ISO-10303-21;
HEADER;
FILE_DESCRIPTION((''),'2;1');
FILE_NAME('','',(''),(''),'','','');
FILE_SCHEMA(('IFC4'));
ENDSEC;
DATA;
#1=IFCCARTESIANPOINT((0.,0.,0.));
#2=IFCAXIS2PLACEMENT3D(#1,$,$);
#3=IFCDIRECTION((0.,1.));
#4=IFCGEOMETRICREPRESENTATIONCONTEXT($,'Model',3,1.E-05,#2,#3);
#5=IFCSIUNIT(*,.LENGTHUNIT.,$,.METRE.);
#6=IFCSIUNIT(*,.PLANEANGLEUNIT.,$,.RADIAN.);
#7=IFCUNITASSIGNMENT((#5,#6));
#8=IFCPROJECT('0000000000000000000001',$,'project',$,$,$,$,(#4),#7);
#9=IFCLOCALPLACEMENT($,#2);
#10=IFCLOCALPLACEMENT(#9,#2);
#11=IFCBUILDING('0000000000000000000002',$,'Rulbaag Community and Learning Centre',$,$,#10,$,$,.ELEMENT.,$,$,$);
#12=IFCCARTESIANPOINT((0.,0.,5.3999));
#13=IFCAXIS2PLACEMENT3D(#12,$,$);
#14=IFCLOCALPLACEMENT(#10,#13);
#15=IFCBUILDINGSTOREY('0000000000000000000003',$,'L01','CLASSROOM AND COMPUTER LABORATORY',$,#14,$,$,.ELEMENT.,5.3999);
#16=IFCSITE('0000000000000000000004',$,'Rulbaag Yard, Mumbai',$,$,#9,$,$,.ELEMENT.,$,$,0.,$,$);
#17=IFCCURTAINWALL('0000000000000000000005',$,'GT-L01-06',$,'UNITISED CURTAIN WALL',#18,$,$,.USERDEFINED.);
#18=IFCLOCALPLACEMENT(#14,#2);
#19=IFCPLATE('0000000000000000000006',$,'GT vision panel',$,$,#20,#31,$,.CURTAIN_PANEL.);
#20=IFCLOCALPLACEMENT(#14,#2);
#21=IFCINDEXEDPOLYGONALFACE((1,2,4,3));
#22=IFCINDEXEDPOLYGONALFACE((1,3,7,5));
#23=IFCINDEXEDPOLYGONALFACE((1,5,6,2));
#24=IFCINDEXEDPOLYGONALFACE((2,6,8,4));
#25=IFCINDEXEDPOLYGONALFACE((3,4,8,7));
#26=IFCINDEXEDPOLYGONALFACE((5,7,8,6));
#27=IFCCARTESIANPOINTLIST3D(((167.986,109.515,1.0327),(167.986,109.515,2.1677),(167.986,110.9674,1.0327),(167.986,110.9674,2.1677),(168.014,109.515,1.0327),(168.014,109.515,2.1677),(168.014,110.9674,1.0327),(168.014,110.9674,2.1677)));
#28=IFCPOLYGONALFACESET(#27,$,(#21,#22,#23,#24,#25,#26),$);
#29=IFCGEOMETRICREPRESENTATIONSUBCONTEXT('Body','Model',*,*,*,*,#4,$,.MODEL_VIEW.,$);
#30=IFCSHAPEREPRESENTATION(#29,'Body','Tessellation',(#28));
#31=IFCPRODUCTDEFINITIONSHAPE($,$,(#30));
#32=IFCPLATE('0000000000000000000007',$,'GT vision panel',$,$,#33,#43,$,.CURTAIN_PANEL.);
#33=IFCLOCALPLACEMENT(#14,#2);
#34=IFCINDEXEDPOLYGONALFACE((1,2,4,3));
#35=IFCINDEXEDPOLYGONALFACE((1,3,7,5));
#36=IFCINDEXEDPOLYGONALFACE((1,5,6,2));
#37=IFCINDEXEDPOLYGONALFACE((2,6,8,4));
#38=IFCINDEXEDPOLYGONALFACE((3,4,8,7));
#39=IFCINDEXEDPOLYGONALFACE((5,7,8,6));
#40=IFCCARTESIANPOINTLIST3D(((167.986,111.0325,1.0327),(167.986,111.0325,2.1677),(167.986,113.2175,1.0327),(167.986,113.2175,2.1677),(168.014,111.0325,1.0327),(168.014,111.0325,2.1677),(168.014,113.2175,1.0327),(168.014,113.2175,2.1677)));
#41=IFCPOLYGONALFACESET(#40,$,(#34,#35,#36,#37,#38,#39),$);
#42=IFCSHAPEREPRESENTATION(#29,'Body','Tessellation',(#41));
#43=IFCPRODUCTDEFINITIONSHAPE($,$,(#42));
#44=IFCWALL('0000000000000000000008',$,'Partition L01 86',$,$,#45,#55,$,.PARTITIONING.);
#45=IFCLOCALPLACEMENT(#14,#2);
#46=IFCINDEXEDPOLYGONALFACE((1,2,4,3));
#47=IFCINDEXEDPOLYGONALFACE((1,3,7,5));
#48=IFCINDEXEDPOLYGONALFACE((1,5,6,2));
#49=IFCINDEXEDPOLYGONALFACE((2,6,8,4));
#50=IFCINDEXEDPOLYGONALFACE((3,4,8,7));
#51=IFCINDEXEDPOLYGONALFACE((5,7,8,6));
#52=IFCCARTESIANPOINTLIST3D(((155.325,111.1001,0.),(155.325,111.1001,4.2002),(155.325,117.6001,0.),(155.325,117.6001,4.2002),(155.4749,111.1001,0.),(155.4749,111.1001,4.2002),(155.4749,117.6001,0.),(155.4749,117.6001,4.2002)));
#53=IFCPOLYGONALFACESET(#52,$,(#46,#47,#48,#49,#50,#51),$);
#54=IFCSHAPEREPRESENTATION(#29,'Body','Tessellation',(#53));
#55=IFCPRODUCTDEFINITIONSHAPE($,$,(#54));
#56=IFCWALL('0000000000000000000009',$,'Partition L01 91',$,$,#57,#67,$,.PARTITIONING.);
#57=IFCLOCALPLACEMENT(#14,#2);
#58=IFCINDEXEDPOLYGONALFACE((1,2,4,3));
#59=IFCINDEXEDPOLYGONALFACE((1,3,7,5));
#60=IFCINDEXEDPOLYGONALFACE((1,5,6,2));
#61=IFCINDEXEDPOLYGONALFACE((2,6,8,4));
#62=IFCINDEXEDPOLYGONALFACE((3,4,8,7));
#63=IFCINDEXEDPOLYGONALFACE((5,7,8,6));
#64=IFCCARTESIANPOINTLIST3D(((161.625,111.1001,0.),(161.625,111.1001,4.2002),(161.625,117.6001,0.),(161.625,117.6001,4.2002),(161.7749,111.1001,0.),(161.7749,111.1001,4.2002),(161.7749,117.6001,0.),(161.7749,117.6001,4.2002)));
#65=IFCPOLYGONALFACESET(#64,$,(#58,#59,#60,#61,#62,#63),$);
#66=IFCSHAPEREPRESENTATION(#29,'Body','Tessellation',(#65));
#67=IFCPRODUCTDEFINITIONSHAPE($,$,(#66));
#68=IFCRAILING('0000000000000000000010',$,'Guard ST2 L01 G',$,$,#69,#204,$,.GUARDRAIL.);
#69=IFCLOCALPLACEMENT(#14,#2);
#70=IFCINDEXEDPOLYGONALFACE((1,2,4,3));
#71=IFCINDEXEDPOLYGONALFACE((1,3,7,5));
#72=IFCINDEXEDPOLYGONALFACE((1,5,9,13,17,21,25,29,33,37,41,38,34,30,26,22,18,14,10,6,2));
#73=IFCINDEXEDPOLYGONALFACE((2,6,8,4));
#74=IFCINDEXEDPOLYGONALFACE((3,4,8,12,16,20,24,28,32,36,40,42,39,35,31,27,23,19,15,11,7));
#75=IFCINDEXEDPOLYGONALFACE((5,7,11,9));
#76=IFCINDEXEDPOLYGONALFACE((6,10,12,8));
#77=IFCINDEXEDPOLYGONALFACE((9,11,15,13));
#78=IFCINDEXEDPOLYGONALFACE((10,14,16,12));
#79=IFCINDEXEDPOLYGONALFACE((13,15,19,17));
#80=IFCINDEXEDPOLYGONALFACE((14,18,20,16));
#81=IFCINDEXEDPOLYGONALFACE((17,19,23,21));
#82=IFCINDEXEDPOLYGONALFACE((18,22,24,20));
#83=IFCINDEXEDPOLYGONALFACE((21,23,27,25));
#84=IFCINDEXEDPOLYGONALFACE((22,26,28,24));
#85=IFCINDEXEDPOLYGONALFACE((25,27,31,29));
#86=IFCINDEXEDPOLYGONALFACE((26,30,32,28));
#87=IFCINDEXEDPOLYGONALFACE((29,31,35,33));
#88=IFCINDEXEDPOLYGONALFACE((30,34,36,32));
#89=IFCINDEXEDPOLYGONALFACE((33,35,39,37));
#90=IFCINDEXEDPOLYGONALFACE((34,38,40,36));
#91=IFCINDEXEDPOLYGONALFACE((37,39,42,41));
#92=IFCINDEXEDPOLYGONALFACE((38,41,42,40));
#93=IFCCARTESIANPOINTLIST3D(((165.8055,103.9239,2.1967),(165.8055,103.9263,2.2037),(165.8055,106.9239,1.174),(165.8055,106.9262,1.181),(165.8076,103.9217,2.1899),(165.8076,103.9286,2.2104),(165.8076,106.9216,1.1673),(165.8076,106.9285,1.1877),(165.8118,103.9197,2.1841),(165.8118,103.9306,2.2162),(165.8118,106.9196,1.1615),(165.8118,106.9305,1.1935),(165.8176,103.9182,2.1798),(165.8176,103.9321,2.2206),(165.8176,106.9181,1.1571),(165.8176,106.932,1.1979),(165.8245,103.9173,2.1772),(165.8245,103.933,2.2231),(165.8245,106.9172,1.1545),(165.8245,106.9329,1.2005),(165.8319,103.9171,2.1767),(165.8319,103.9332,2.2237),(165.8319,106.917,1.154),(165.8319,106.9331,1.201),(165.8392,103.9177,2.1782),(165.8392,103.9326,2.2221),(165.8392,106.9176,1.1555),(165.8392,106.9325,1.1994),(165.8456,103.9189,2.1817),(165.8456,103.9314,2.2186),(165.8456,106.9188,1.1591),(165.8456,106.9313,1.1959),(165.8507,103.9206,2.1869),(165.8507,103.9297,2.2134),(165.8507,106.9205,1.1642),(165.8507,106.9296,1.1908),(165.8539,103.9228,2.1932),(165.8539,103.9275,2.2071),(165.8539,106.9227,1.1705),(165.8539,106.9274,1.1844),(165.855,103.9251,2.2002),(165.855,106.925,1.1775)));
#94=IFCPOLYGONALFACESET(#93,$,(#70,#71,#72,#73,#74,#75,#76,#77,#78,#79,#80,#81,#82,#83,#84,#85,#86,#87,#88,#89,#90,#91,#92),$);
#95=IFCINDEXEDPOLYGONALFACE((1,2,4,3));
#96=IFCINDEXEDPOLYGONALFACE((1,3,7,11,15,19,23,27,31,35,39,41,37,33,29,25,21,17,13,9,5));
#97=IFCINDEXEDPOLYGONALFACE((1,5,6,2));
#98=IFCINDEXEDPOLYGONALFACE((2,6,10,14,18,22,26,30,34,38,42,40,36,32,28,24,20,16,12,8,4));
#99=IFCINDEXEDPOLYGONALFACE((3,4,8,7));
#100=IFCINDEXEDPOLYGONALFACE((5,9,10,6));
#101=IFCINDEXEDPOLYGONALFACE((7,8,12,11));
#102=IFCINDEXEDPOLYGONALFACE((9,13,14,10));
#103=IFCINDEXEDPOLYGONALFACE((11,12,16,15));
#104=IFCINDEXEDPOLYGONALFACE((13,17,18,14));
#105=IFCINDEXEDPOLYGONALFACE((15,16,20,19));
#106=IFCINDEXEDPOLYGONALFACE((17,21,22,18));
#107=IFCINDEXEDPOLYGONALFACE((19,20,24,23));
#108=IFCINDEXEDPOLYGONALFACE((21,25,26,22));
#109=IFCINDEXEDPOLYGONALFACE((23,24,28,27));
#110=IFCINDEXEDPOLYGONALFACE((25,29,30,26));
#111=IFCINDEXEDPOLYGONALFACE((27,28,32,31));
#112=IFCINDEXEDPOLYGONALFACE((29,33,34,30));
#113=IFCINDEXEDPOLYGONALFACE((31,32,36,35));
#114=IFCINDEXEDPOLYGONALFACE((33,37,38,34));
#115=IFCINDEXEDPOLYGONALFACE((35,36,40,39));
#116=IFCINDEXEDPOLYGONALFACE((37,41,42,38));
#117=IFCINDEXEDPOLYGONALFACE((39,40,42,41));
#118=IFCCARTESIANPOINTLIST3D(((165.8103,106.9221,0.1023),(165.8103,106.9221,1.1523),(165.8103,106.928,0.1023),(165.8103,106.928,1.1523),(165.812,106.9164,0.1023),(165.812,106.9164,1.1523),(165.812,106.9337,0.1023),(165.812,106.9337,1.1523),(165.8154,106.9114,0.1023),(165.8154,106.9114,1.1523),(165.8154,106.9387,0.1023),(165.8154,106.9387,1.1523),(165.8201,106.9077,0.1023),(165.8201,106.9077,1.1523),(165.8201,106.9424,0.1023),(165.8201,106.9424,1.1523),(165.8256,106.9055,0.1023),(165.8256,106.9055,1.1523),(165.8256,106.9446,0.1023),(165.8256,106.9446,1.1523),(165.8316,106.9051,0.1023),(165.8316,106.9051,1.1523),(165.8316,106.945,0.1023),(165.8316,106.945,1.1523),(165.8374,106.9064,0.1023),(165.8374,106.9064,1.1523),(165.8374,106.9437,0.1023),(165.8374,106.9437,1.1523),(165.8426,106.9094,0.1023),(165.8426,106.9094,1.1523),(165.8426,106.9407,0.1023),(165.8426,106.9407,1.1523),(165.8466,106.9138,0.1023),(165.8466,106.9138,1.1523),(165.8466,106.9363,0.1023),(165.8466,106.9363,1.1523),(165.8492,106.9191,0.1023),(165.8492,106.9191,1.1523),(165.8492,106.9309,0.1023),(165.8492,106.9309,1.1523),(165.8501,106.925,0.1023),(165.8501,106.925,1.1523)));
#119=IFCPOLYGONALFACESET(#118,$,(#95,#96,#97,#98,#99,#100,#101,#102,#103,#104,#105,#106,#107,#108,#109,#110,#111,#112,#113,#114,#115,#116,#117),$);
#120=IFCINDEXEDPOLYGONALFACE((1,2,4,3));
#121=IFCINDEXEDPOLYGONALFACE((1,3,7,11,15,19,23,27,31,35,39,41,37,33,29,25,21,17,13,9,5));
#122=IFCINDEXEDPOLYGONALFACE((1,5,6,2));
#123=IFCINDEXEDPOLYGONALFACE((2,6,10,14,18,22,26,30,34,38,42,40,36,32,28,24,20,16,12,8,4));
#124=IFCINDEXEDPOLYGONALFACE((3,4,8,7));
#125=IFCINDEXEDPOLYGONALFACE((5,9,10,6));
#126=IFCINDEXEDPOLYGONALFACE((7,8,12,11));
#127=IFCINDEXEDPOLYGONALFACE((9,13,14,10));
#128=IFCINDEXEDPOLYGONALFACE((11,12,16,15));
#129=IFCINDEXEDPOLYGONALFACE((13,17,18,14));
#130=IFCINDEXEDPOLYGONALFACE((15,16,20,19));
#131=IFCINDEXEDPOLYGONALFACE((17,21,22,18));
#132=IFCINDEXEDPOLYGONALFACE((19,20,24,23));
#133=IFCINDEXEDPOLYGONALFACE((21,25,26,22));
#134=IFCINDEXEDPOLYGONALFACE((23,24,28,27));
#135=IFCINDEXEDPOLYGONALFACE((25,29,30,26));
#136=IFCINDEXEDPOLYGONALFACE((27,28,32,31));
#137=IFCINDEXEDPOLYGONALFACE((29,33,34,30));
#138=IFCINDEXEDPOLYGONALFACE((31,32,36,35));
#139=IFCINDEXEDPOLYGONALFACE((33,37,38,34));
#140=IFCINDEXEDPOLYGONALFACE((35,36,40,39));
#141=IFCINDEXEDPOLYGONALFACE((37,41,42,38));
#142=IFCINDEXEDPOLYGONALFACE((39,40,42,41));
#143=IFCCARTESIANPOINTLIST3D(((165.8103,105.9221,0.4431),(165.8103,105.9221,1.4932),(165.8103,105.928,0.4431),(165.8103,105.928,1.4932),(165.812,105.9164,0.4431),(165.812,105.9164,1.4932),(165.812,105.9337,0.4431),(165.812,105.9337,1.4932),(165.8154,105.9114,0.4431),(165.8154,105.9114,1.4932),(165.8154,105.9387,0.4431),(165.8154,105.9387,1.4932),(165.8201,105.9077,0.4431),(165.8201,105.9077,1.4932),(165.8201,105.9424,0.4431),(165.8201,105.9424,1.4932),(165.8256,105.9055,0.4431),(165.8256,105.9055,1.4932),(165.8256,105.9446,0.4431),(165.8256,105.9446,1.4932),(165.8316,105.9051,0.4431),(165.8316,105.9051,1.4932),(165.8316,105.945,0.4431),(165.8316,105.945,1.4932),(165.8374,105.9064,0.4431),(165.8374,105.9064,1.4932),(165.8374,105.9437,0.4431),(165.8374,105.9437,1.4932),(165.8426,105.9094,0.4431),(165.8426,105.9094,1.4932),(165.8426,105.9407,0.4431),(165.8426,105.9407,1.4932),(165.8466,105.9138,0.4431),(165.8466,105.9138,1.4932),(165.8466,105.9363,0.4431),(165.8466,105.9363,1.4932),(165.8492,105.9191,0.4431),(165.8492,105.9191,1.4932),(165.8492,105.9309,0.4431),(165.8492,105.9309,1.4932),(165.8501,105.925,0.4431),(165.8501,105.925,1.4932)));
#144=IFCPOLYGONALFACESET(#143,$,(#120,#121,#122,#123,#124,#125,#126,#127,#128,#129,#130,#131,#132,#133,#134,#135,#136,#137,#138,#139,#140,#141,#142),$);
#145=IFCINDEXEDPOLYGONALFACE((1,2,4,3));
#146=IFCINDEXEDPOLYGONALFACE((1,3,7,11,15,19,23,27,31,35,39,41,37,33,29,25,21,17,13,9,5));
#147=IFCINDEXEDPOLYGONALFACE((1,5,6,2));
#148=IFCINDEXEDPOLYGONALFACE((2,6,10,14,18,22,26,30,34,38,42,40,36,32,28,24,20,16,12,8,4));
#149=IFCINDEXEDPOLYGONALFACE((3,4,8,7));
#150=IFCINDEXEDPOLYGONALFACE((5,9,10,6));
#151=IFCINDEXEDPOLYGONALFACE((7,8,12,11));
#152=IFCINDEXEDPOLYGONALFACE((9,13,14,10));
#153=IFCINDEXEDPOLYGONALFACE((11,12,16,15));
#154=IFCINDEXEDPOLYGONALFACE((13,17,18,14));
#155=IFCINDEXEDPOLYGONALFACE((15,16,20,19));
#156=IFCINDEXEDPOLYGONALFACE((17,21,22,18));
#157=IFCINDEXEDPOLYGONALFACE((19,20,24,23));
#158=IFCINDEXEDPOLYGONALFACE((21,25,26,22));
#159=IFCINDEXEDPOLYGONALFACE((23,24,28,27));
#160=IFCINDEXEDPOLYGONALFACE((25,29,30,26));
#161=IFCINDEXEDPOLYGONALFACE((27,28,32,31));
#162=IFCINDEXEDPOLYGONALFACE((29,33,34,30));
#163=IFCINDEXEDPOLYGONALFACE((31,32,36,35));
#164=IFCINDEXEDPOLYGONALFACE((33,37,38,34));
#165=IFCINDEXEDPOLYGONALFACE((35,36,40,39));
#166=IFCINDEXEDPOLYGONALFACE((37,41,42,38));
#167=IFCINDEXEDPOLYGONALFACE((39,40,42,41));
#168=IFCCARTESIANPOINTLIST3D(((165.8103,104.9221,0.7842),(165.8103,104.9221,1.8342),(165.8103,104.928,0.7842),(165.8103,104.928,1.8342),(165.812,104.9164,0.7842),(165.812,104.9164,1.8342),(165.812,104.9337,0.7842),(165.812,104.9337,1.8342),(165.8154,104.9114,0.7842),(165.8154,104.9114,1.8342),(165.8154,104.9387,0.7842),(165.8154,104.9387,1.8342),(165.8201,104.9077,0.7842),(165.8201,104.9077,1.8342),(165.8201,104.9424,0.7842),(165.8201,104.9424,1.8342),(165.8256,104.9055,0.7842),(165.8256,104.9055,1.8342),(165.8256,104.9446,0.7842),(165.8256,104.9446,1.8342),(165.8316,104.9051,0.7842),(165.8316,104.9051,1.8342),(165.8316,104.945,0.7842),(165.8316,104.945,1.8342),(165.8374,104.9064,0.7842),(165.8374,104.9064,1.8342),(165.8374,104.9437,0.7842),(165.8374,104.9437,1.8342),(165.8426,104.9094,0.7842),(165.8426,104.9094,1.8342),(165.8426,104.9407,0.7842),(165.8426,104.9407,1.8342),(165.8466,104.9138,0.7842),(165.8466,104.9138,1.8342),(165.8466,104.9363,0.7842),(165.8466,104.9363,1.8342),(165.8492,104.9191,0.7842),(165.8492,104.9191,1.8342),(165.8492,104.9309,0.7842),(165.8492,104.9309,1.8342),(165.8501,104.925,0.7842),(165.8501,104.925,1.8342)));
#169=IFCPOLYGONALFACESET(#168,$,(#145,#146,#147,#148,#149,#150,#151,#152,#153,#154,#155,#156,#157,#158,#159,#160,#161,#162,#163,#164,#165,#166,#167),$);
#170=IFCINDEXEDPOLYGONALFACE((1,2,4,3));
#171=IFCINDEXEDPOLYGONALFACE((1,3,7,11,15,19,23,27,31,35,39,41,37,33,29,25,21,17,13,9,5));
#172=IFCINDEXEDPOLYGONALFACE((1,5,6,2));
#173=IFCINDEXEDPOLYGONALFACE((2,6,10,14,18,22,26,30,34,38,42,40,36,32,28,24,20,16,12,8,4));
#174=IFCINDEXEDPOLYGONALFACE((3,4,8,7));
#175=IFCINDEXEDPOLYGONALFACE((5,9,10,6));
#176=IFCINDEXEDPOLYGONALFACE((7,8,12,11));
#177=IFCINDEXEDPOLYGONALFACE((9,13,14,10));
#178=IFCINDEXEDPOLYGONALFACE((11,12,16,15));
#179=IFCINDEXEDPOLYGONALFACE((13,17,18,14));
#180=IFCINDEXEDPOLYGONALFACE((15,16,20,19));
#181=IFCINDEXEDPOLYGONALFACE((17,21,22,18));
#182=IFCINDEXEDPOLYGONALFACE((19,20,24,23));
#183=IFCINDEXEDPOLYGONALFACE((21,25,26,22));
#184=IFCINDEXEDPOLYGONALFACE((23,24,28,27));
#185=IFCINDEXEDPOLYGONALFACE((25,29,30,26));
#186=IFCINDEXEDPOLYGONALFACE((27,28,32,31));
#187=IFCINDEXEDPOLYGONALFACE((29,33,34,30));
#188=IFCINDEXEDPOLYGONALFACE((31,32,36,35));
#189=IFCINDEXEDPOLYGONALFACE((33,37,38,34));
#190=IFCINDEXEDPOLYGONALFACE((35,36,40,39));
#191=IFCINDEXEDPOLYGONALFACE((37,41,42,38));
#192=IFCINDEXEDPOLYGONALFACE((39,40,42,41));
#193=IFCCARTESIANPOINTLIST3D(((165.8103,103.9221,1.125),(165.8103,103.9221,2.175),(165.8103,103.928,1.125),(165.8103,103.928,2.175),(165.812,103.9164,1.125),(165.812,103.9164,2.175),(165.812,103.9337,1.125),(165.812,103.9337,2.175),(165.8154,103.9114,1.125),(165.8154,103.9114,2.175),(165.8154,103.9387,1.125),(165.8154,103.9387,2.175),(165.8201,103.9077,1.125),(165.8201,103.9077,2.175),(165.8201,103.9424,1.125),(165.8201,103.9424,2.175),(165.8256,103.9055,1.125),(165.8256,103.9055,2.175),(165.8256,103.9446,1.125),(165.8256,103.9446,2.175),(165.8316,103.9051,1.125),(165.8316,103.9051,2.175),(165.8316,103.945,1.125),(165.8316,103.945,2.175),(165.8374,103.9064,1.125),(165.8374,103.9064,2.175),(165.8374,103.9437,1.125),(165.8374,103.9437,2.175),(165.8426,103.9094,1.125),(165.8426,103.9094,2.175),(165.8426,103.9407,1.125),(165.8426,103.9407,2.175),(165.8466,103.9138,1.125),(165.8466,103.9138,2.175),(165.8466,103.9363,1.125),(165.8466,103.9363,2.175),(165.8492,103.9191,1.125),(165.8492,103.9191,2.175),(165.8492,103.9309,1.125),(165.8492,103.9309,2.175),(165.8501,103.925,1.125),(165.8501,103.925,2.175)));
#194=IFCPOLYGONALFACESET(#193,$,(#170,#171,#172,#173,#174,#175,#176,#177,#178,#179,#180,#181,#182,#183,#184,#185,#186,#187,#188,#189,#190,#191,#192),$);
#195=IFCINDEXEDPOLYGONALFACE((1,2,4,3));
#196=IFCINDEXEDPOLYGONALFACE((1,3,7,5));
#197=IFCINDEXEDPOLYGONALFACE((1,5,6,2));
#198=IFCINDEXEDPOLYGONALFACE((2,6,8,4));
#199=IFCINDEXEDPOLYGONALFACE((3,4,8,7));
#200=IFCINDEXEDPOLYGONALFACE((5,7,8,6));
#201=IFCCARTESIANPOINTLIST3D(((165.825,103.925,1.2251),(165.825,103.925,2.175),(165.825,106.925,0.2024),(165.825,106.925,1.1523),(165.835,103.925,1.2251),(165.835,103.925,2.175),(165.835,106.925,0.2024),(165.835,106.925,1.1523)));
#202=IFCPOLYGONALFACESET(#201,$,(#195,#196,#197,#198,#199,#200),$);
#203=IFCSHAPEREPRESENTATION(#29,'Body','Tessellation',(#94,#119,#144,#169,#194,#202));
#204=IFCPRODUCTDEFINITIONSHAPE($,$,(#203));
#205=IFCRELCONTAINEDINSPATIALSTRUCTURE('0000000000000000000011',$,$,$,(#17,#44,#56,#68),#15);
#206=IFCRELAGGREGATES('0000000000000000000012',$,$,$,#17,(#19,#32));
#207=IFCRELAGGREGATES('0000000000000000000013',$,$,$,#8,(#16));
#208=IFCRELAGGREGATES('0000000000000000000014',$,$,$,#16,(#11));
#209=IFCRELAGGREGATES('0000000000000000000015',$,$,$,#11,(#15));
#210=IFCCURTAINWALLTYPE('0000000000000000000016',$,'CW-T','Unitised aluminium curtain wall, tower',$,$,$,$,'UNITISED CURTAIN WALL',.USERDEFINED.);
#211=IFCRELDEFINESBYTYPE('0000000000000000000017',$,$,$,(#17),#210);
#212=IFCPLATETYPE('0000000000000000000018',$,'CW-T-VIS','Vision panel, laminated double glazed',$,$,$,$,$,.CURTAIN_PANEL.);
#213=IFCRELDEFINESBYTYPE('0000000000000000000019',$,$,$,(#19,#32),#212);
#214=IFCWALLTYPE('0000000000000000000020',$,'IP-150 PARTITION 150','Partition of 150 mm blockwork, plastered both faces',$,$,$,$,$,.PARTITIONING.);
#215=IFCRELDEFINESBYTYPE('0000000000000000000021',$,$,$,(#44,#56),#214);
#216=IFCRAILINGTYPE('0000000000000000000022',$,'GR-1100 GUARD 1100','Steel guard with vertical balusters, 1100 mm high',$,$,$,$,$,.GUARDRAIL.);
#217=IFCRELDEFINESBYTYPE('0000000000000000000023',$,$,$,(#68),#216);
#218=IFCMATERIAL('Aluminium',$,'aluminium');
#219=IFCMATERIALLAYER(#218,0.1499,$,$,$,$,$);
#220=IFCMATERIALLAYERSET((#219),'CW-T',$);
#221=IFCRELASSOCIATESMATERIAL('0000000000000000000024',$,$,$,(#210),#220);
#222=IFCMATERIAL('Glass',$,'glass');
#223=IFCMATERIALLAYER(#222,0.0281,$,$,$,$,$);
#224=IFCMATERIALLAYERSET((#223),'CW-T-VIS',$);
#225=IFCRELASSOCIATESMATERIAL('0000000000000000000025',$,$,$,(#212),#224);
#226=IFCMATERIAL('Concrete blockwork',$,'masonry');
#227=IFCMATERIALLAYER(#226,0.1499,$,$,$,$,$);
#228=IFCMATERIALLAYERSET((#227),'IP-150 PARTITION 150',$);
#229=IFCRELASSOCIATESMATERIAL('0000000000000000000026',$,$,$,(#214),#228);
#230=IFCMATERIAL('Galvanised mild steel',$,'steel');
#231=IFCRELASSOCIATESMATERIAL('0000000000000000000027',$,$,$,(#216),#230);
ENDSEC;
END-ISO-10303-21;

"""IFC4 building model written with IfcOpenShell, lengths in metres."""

from ifc_helpers import new_model, si_unit, direction, frame, frame_2d, origin, origin_2d, place, context, subcontext, project, spatial, polyline, rectangle, circle, outline, extrude, material, layer, layer_set, type_object, element, aggregate, save


model = new_model("IFC4")

# Units and contexts
model_context = context("Model", 3, precision=1e-05, world=origin(), true_north=direction((0.0, 1.0)))
body_context = subcontext(model_context, "Body", "Model", "MODEL_VIEW")
ifc_project = project(units=[si_unit("LENGTHUNIT", "METRE"), si_unit("PLANEANGLEUNIT", "RADIAN")], contexts=[model_context])

# Site, building, storey
site_placement = place(None, origin())
site = spatial("IfcSite", under=ifc_project, at=site_placement, Name="Rulbaag Yard, Mumbai", CompositionType="ELEMENT", RefElevation=0.0)
building_placement = place(site_placement, origin())
building = spatial("IfcBuilding", under=site, at=building_placement, Name="Rulbaag Community and Learning Centre", CompositionType="ELEMENT")
storey_placement = place(building_placement, frame((0.0, 0.0, 5.3999)))
storey = spatial("IfcBuildingStorey", under=building, at=storey_placement, Name="L01", Description="CLASSROOM AND COMPUTER LABORATORY", CompositionType="ELEMENT", Elevation=5.3999)

# Curtain wall, plates
ifc_material_1 = material(Name="Aluminium", Category="aluminium")
ifc_layer_1 = layer(ifc_material_1, 0.1499)
ifc_layer_set_1 = layer_set([ifc_layer_1], Name="CW-T")
curtain_wall_type = type_object("IfcCurtainWallType", Name="CW-T", Description="Unitised aluminium curtain wall, tower", ElementType="UNITISED CURTAIN WALL", PredefinedType="USERDEFINED", material=ifc_layer_set_1)
curtain_wall_placement = place(storey_placement, origin())
curtain_wall = element("IfcCurtainWall", 1, at=curtain_wall_placement, inside=storey, type_object=curtain_wall_type, Name="GT-L01-06", ObjectType="UNITISED CURTAIN WALL", PredefinedType="USERDEFINED")
ifc_material_2 = material(Name="Glass", Category="glass")
ifc_layer_2 = layer(ifc_material_2, 0.0281)
ifc_layer_set_2 = layer_set([ifc_layer_2], Name="CW-T-VIS")
plate_type_1 = type_object("IfcPlateType", Name="CW-T-VIS", Description="Vision panel, laminated double glazed", PredefinedType="CURTAIN_PANEL", material=ifc_layer_set_2)
plate_1_placement = place(storey_placement, frame((168.0, 110.2412, 1.0327), z_axis=(0.0, 0.0, 1.0), x_axis=(0.0, 1.0, 0.0)))
plate_1 = element("IfcPlate", 2, at=plate_1_placement, type_object=plate_type_1, Name="GT vision panel", PredefinedType="CURTAIN_PANEL", context=body_context, shape_type="SweptSolid", body=[
    extrude(rectangle(XDim=1.4524, YDim=0.0281, at=origin_2d()), origin(), (0.0, 0.0, 1.0), 1.135),
])
plate_2_placement = place(storey_placement, frame((168.0, 112.125, 1.0327), z_axis=(0.0, 0.0, 1.0), x_axis=(0.0, 1.0, 0.0)))
plate_2 = element("IfcPlate", 3, at=plate_2_placement, type_object=plate_type_1, Name="GT vision panel", PredefinedType="CURTAIN_PANEL", context=body_context, shape_type="SweptSolid", body=[
    extrude(rectangle(XDim=2.1851, YDim=0.0281, at=origin_2d()), origin(), (0.0, 0.0, 1.0), 1.135),
])
aggregate(curtain_wall, [plate_1, plate_2])

# Walls
ifc_material_3 = material(Name="Concrete blockwork", Category="masonry")
ifc_layer_3 = layer(ifc_material_3, 0.1499)
ifc_layer_set_3 = layer_set([ifc_layer_3], Name="IP-150 PARTITION 150")
wall_type = type_object("IfcWallType", Name="IP-150 PARTITION 150", Description="Partition of 150 mm blockwork, plastered both faces", PredefinedType="PARTITIONING", material=ifc_layer_set_3)
for number, where, z_axis, x_axis, name in (
    (4, (155.3999, 111.1001, 0.0), (0.0, 0.0, 1.0), (0.0, 1.0, 0.0), "Partition L01 86"),
    (5, (161.7, 111.1001, 0.0), (0.0, 0.0, 1.0), (0.0, 1.0, 0.0), "Partition L01 91"),
):
    element("IfcWall", number, at=place(storey_placement, frame(where, z_axis=z_axis, x_axis=x_axis)), inside=storey, type_object=wall_type, Name=name, PredefinedType="PARTITIONING", context=body_context, shape_type="SweptSolid", body=[
        extrude(rectangle(XDim=6.5, YDim=0.1499, at=frame_2d((3.25, 0.0))), origin(), (0.0, 0.0, 1.0), 4.2002),
    ])

# Railing
ifc_material_4 = material(Name="Galvanised mild steel", Category="steel")
railing_type_1 = type_object("IfcRailingType", Name="GR-1100 GUARD 1100", Description="Steel guard with vertical balusters, 1100 mm high", PredefinedType="GUARDRAIL", material=ifc_material_4)
railing_1_placement = place(storey_placement, frame((165.8301, 106.925, 0.1023)))
element("IfcRailing", 6, at=railing_1_placement, inside=storey, type_object=railing_type_1, Name="Guard ST2 L01 G", PredefinedType="GUARDRAIL", context=body_context, shape_type="SweptSolid", body=[
    extrude(circle(Radius=0.0249, at=origin_2d()), frame((0.0, 0.0, 1.0752), z_axis=(0.0, -0.946512, 0.322668), x_axis=(1.0, 0.0, 0.0)), (0.0, 0.0, 1.0), 3.1694),
    extrude(circle(Radius=0.02, at=origin_2d()), origin(), (0.0, 0.0, 1.0), 1.05),
    extrude(circle(Radius=0.02, at=origin_2d()), frame((0.0, -1.0, 0.3408)), (0.0, 0.0, 1.0), 1.05),
    extrude(circle(Radius=0.02, at=origin_2d()), frame((0.0, -2.0, 0.6819)), (0.0, 0.0, 1.0), 1.05),
    extrude(circle(Radius=0.02, at=origin_2d()), frame((0.0, -3.0, 1.0227)), (0.0, 0.0, 1.0), 1.05),
    extrude(outline(polyline([(0.0, 0.0), (3.0, 1.0227), (3.0, 1.9727), (0.0, 0.95), (0.0, 0.0)])), frame((0.0049, 0.0, 0.1001), z_axis=(-1.0, 0.0, 0.0), x_axis=(0.0, -1.0, 0.0)), (0.0, 0.0, 1.0), 0.01),
])

save(model, "model.ifc")
